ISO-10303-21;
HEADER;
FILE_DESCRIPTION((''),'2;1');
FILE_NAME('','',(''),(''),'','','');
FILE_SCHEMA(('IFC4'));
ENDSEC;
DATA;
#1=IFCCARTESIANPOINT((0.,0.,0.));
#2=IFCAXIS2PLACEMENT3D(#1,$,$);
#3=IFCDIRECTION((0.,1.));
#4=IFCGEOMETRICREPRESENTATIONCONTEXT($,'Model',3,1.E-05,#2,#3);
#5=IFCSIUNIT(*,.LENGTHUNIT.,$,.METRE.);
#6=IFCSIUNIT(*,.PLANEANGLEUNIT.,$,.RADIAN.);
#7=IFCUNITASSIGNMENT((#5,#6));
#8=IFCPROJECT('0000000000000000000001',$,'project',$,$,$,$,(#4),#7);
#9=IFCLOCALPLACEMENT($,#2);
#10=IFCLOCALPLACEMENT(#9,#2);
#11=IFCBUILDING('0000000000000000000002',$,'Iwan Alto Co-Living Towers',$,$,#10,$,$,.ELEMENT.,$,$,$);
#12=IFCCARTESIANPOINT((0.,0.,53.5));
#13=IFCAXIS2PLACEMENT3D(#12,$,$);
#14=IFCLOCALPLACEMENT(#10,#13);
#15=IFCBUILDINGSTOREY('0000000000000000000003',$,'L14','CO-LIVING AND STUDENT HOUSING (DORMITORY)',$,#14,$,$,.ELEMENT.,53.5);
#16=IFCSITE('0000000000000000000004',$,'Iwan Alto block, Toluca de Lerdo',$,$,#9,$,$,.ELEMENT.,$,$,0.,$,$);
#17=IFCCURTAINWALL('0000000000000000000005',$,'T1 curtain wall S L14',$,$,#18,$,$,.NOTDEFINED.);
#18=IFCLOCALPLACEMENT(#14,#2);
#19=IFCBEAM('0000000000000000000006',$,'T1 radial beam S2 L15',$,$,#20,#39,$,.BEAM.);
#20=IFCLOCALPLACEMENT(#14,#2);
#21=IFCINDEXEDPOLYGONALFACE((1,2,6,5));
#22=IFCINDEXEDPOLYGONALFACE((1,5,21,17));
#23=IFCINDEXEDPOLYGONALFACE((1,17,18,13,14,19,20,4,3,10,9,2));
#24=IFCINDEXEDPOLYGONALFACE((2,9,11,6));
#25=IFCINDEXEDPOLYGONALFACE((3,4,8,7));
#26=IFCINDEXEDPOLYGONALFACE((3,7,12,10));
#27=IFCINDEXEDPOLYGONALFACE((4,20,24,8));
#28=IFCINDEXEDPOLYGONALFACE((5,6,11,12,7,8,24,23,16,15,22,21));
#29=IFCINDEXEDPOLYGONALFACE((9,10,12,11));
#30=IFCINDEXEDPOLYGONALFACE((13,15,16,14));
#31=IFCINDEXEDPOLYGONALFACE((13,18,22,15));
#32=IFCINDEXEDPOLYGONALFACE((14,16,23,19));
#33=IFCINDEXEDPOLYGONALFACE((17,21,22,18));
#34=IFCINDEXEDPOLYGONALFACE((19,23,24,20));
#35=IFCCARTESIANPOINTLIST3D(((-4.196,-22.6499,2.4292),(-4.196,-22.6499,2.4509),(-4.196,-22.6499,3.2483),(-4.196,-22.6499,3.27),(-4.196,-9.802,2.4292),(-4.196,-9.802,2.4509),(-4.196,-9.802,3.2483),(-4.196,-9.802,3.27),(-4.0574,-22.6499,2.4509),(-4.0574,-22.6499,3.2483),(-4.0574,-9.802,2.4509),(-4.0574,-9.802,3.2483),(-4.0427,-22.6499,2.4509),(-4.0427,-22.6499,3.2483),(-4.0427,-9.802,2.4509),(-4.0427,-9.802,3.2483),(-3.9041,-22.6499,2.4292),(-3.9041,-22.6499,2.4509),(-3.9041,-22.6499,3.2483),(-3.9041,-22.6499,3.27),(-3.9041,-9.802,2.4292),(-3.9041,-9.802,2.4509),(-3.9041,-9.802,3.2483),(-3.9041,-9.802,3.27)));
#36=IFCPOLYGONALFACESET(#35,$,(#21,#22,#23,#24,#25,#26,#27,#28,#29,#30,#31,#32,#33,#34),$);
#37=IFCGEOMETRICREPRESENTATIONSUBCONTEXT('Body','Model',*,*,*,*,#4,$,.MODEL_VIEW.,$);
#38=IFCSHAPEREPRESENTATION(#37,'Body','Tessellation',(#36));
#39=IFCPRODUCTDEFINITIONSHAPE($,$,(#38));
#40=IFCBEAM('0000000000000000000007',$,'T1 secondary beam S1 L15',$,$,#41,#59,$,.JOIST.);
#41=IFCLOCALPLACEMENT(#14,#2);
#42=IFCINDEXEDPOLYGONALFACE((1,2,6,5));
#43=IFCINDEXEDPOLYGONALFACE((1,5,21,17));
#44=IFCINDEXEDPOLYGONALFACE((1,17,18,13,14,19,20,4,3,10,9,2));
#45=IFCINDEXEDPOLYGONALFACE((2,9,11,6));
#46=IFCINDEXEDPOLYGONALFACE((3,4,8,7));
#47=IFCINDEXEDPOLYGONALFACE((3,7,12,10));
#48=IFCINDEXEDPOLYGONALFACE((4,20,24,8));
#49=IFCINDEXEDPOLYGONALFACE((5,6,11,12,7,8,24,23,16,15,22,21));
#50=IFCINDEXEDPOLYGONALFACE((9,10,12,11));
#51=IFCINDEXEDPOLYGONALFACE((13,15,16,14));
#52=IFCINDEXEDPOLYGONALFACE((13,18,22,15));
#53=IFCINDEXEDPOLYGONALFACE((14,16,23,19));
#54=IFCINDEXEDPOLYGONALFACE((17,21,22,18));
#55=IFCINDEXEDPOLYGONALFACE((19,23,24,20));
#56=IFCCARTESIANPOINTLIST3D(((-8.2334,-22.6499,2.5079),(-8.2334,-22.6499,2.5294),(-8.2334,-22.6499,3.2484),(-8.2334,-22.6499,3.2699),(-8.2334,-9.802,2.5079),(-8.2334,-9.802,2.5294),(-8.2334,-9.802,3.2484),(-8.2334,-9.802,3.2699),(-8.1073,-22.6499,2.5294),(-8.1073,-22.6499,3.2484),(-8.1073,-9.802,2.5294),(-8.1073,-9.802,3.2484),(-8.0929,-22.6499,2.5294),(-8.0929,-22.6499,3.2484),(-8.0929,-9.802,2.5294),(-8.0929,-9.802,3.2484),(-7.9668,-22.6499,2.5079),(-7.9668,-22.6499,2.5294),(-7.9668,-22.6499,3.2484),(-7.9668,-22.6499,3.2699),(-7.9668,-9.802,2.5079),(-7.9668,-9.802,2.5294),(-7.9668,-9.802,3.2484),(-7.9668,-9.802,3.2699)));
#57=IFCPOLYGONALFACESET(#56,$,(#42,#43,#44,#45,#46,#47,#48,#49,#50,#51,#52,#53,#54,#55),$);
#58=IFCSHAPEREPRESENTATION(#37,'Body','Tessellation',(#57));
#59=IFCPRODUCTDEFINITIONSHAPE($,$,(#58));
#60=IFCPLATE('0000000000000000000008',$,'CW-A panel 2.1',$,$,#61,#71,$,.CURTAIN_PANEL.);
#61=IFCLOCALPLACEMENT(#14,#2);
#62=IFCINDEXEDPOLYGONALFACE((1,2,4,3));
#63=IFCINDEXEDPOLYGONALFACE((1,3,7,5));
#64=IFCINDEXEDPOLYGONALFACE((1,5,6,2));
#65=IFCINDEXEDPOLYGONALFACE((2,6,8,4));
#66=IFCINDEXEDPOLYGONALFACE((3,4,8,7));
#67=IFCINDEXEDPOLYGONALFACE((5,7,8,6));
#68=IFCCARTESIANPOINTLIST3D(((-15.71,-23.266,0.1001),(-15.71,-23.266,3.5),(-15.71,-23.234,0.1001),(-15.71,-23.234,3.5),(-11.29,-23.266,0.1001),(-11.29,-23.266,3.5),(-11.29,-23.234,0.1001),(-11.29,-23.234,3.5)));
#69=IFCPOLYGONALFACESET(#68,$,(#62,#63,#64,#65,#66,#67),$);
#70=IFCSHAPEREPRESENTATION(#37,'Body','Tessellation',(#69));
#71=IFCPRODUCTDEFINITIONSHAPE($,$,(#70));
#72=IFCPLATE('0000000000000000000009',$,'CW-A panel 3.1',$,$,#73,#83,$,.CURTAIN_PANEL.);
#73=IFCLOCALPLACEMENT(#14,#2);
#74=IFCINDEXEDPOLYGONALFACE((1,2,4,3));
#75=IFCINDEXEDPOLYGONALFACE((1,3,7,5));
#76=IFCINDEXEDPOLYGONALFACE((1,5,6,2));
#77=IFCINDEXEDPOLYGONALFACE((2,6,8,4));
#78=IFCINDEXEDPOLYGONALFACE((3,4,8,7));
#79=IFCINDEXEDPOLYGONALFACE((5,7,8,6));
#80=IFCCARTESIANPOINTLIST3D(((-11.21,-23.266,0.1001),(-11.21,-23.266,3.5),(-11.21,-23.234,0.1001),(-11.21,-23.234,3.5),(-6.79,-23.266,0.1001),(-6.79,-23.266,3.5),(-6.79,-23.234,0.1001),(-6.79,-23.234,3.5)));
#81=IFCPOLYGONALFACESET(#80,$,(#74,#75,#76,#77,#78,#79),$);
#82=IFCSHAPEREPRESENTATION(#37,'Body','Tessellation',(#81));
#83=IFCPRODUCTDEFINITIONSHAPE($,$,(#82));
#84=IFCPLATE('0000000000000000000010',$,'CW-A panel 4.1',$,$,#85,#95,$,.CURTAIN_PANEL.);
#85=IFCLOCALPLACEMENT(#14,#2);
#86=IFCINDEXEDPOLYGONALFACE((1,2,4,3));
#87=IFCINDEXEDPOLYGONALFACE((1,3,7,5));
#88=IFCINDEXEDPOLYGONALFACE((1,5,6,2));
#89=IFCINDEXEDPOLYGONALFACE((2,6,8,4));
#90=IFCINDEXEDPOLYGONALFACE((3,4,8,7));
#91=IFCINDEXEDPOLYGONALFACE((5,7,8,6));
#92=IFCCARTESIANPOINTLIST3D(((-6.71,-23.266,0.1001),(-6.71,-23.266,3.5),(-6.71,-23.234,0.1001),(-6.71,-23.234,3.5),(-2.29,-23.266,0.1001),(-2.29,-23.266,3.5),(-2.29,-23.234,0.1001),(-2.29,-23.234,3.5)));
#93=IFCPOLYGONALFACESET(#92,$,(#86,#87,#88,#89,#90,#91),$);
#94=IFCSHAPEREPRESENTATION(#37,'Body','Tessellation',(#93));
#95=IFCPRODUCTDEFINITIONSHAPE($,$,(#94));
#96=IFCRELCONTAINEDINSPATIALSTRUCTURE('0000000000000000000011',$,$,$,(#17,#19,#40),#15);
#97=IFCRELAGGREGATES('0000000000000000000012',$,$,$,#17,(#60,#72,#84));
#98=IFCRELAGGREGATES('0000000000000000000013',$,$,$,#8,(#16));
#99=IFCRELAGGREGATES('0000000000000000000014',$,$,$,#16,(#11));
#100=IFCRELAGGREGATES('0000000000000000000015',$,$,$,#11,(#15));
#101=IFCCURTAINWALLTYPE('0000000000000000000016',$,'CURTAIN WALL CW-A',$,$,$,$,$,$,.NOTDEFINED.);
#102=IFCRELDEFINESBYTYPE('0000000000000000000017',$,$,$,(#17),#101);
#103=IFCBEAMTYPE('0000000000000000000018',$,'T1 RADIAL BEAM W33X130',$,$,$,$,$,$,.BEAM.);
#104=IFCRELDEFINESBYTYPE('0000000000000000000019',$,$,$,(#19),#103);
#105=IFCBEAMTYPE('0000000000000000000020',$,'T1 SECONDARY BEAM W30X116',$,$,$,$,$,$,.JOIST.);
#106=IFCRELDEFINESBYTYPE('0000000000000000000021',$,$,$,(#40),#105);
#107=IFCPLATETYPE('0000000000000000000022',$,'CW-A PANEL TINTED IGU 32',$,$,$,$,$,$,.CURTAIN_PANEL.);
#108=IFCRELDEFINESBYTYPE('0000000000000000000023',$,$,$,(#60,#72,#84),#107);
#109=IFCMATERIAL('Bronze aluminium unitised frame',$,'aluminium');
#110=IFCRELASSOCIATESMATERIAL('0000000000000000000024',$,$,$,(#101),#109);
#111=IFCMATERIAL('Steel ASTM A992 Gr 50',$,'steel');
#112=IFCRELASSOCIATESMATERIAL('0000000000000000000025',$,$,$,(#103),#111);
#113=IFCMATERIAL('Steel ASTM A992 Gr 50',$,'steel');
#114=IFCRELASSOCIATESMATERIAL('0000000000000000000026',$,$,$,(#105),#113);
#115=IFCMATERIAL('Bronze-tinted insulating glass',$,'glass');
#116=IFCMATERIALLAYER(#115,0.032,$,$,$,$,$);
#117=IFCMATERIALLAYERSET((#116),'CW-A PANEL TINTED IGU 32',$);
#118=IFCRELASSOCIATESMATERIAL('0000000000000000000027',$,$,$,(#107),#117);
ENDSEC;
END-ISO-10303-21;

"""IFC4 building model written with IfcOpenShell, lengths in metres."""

from ifc_helpers import new_model, si_unit, direction, frame, origin, origin_2d, place, context, subcontext, project, spatial, rectangle, i_section, extrude, material, layer, layer_set, material_profile, profile_set, type_object, element, aggregate, save


model = new_model("IFC4")

# Units and contexts
model_context = context("Model", 3, precision=1e-05, world=origin(), true_north=direction((0.0, 1.0)))
body_context = subcontext(model_context, "Body", "Model", "MODEL_VIEW")
ifc_project = project(units=[si_unit("LENGTHUNIT", "METRE"), si_unit("PLANEANGLEUNIT", "RADIAN")], contexts=[model_context])

# Site, building, storey
site_placement = place(None, origin())
site = spatial("IfcSite", under=ifc_project, at=site_placement, Name="Iwan Alto block, Toluca de Lerdo", CompositionType="ELEMENT", RefElevation=0.0)
building_placement = place(site_placement, origin())
building = spatial("IfcBuilding", under=site, at=building_placement, Name="Iwan Alto Co-Living Towers", CompositionType="ELEMENT")
storey_placement = place(building_placement, frame((0.0, 0.0, 53.5)))
storey = spatial("IfcBuildingStorey", under=building, at=storey_placement, Name="L14", Description="CO-LIVING AND STUDENT HOUSING (DORMITORY)", CompositionType="ELEMENT", Elevation=53.5)

# Curtain wall
ifc_material_1 = material(Name="Bronze aluminium unitised frame", Category="aluminium")
curtain_wall_type = type_object("IfcCurtainWallType", Name="CURTAIN WALL CW-A", PredefinedType="NOTDEFINED", material=ifc_material_1)
curtain_wall_placement = place(storey_placement, origin())
curtain_wall = element("IfcCurtainWall", 1, at=curtain_wall_placement, inside=storey, type_object=curtain_wall_type, Name="T1 curtain wall S L14", PredefinedType="NOTDEFINED")

# Beams
ifc_material_2 = material(Name="Steel ASTM A992 Gr 50", Category="steel")
ifc_material_profile_1 = material_profile(ifc_material_2, i_section(OverallWidth=0.292, OverallDepth=0.8408, WebThickness=0.0146, FlangeThickness=0.0217, at=origin_2d()), Name="W33X130")
ifc_profile_set_1 = profile_set([ifc_material_profile_1], Name="Steel ASTM A992 Gr 50")
beam_type_1 = type_object("IfcBeamType", Name="T1 RADIAL BEAM W33X130", PredefinedType="BEAM", material=ifc_profile_set_1)
beam_1_placement = place(storey_placement, frame((-4.05, -22.6499, 2.8496), z_axis=(0.0, 1.0, 0.0), x_axis=(-1.0, 0.0, 0.0)))
element("IfcBeam", 2, at=beam_1_placement, inside=storey, type_object=beam_type_1, Name="T1 radial beam S2 L15", PredefinedType="BEAM", context=body_context, shape_type="SweptSolid", body=[
    extrude(i_section(OverallWidth=0.292, OverallDepth=0.8408, WebThickness=0.0146, FlangeThickness=0.0217, at=origin_2d()), origin(), (0.0, 0.0, 1.0), 12.8479),
])
ifc_material_3 = material(Name="Steel ASTM A992 Gr 50", Category="steel")
ifc_material_profile_2 = material_profile(ifc_material_3, i_section(OverallWidth=0.2666, OverallDepth=0.762, WebThickness=0.0144, FlangeThickness=0.0215, at=origin_2d()), Name="W30X116")
ifc_profile_set_2 = profile_set([ifc_material_profile_2], Name="Steel ASTM A992 Gr 50")
beam_type_2 = type_object("IfcBeamType", Name="T1 SECONDARY BEAM W30X116", PredefinedType="JOIST", material=ifc_profile_set_2)
beam_2_placement = place(storey_placement, frame((-8.1001, -22.6499, 2.8889), z_axis=(0.0, 1.0, 0.0), x_axis=(-1.0, 0.0, 0.0)))
element("IfcBeam", 3, at=beam_2_placement, inside=storey, type_object=beam_type_2, Name="T1 secondary beam S1 L15", PredefinedType="JOIST", context=body_context, shape_type="SweptSolid", body=[
    extrude(i_section(OverallWidth=0.2666, OverallDepth=0.762, WebThickness=0.0144, FlangeThickness=0.0215, at=origin_2d()), origin(), (0.0, 0.0, 1.0), 12.8479),
])

# Plates
ifc_material_4 = material(Name="Bronze-tinted insulating glass", Category="glass")
ifc_layer_1 = layer(ifc_material_4, 0.032)
ifc_layer_set_1 = layer_set([ifc_layer_1], Name="CW-A PANEL TINTED IGU 32")
plate_type = type_object("IfcPlateType", Name="CW-A PANEL TINTED IGU 32", PredefinedType="CURTAIN_PANEL", material=ifc_layer_set_1)
plate_1_placement = place(storey_placement, frame((-13.5, -23.25, 0.1001), z_axis=(0.0, 0.0, 1.0), x_axis=(1.0, 0.0, 0.0)))
plate_1 = element("IfcPlate", 4, at=plate_1_placement, type_object=plate_type, Name="CW-A panel 2.1", PredefinedType="CURTAIN_PANEL", context=body_context, shape_type="SweptSolid", body=[
    extrude(rectangle(XDim=4.4199, YDim=0.032, at=origin_2d()), origin(), (0.0, 0.0, 1.0), 3.3999),
])
plate_2_placement = place(storey_placement, frame((-9.0, -23.25, 0.1001), z_axis=(0.0, 0.0, 1.0), x_axis=(1.0, 0.0, 0.0)))
plate_2 = element("IfcPlate", 5, at=plate_2_placement, type_object=plate_type, Name="CW-A panel 3.1", PredefinedType="CURTAIN_PANEL", context=body_context, shape_type="SweptSolid", body=[
    extrude(rectangle(XDim=4.4199, YDim=0.032, at=origin_2d()), origin(), (0.0, 0.0, 1.0), 3.3999),
])
plate_3_placement = place(storey_placement, frame((-4.5, -23.25, 0.1001), z_axis=(0.0, 0.0, 1.0), x_axis=(1.0, 0.0, 0.0)))
plate_3 = element("IfcPlate", 6, at=plate_3_placement, type_object=plate_type, Name="CW-A panel 4.1", PredefinedType="CURTAIN_PANEL", context=body_context, shape_type="SweptSolid", body=[
    extrude(rectangle(XDim=4.4199, YDim=0.032, at=origin_2d()), origin(), (0.0, 0.0, 1.0), 3.3999),
])
aggregate(curtain_wall, [plate_1, plate_2, plate_3])

save(model, "model.ifc")
